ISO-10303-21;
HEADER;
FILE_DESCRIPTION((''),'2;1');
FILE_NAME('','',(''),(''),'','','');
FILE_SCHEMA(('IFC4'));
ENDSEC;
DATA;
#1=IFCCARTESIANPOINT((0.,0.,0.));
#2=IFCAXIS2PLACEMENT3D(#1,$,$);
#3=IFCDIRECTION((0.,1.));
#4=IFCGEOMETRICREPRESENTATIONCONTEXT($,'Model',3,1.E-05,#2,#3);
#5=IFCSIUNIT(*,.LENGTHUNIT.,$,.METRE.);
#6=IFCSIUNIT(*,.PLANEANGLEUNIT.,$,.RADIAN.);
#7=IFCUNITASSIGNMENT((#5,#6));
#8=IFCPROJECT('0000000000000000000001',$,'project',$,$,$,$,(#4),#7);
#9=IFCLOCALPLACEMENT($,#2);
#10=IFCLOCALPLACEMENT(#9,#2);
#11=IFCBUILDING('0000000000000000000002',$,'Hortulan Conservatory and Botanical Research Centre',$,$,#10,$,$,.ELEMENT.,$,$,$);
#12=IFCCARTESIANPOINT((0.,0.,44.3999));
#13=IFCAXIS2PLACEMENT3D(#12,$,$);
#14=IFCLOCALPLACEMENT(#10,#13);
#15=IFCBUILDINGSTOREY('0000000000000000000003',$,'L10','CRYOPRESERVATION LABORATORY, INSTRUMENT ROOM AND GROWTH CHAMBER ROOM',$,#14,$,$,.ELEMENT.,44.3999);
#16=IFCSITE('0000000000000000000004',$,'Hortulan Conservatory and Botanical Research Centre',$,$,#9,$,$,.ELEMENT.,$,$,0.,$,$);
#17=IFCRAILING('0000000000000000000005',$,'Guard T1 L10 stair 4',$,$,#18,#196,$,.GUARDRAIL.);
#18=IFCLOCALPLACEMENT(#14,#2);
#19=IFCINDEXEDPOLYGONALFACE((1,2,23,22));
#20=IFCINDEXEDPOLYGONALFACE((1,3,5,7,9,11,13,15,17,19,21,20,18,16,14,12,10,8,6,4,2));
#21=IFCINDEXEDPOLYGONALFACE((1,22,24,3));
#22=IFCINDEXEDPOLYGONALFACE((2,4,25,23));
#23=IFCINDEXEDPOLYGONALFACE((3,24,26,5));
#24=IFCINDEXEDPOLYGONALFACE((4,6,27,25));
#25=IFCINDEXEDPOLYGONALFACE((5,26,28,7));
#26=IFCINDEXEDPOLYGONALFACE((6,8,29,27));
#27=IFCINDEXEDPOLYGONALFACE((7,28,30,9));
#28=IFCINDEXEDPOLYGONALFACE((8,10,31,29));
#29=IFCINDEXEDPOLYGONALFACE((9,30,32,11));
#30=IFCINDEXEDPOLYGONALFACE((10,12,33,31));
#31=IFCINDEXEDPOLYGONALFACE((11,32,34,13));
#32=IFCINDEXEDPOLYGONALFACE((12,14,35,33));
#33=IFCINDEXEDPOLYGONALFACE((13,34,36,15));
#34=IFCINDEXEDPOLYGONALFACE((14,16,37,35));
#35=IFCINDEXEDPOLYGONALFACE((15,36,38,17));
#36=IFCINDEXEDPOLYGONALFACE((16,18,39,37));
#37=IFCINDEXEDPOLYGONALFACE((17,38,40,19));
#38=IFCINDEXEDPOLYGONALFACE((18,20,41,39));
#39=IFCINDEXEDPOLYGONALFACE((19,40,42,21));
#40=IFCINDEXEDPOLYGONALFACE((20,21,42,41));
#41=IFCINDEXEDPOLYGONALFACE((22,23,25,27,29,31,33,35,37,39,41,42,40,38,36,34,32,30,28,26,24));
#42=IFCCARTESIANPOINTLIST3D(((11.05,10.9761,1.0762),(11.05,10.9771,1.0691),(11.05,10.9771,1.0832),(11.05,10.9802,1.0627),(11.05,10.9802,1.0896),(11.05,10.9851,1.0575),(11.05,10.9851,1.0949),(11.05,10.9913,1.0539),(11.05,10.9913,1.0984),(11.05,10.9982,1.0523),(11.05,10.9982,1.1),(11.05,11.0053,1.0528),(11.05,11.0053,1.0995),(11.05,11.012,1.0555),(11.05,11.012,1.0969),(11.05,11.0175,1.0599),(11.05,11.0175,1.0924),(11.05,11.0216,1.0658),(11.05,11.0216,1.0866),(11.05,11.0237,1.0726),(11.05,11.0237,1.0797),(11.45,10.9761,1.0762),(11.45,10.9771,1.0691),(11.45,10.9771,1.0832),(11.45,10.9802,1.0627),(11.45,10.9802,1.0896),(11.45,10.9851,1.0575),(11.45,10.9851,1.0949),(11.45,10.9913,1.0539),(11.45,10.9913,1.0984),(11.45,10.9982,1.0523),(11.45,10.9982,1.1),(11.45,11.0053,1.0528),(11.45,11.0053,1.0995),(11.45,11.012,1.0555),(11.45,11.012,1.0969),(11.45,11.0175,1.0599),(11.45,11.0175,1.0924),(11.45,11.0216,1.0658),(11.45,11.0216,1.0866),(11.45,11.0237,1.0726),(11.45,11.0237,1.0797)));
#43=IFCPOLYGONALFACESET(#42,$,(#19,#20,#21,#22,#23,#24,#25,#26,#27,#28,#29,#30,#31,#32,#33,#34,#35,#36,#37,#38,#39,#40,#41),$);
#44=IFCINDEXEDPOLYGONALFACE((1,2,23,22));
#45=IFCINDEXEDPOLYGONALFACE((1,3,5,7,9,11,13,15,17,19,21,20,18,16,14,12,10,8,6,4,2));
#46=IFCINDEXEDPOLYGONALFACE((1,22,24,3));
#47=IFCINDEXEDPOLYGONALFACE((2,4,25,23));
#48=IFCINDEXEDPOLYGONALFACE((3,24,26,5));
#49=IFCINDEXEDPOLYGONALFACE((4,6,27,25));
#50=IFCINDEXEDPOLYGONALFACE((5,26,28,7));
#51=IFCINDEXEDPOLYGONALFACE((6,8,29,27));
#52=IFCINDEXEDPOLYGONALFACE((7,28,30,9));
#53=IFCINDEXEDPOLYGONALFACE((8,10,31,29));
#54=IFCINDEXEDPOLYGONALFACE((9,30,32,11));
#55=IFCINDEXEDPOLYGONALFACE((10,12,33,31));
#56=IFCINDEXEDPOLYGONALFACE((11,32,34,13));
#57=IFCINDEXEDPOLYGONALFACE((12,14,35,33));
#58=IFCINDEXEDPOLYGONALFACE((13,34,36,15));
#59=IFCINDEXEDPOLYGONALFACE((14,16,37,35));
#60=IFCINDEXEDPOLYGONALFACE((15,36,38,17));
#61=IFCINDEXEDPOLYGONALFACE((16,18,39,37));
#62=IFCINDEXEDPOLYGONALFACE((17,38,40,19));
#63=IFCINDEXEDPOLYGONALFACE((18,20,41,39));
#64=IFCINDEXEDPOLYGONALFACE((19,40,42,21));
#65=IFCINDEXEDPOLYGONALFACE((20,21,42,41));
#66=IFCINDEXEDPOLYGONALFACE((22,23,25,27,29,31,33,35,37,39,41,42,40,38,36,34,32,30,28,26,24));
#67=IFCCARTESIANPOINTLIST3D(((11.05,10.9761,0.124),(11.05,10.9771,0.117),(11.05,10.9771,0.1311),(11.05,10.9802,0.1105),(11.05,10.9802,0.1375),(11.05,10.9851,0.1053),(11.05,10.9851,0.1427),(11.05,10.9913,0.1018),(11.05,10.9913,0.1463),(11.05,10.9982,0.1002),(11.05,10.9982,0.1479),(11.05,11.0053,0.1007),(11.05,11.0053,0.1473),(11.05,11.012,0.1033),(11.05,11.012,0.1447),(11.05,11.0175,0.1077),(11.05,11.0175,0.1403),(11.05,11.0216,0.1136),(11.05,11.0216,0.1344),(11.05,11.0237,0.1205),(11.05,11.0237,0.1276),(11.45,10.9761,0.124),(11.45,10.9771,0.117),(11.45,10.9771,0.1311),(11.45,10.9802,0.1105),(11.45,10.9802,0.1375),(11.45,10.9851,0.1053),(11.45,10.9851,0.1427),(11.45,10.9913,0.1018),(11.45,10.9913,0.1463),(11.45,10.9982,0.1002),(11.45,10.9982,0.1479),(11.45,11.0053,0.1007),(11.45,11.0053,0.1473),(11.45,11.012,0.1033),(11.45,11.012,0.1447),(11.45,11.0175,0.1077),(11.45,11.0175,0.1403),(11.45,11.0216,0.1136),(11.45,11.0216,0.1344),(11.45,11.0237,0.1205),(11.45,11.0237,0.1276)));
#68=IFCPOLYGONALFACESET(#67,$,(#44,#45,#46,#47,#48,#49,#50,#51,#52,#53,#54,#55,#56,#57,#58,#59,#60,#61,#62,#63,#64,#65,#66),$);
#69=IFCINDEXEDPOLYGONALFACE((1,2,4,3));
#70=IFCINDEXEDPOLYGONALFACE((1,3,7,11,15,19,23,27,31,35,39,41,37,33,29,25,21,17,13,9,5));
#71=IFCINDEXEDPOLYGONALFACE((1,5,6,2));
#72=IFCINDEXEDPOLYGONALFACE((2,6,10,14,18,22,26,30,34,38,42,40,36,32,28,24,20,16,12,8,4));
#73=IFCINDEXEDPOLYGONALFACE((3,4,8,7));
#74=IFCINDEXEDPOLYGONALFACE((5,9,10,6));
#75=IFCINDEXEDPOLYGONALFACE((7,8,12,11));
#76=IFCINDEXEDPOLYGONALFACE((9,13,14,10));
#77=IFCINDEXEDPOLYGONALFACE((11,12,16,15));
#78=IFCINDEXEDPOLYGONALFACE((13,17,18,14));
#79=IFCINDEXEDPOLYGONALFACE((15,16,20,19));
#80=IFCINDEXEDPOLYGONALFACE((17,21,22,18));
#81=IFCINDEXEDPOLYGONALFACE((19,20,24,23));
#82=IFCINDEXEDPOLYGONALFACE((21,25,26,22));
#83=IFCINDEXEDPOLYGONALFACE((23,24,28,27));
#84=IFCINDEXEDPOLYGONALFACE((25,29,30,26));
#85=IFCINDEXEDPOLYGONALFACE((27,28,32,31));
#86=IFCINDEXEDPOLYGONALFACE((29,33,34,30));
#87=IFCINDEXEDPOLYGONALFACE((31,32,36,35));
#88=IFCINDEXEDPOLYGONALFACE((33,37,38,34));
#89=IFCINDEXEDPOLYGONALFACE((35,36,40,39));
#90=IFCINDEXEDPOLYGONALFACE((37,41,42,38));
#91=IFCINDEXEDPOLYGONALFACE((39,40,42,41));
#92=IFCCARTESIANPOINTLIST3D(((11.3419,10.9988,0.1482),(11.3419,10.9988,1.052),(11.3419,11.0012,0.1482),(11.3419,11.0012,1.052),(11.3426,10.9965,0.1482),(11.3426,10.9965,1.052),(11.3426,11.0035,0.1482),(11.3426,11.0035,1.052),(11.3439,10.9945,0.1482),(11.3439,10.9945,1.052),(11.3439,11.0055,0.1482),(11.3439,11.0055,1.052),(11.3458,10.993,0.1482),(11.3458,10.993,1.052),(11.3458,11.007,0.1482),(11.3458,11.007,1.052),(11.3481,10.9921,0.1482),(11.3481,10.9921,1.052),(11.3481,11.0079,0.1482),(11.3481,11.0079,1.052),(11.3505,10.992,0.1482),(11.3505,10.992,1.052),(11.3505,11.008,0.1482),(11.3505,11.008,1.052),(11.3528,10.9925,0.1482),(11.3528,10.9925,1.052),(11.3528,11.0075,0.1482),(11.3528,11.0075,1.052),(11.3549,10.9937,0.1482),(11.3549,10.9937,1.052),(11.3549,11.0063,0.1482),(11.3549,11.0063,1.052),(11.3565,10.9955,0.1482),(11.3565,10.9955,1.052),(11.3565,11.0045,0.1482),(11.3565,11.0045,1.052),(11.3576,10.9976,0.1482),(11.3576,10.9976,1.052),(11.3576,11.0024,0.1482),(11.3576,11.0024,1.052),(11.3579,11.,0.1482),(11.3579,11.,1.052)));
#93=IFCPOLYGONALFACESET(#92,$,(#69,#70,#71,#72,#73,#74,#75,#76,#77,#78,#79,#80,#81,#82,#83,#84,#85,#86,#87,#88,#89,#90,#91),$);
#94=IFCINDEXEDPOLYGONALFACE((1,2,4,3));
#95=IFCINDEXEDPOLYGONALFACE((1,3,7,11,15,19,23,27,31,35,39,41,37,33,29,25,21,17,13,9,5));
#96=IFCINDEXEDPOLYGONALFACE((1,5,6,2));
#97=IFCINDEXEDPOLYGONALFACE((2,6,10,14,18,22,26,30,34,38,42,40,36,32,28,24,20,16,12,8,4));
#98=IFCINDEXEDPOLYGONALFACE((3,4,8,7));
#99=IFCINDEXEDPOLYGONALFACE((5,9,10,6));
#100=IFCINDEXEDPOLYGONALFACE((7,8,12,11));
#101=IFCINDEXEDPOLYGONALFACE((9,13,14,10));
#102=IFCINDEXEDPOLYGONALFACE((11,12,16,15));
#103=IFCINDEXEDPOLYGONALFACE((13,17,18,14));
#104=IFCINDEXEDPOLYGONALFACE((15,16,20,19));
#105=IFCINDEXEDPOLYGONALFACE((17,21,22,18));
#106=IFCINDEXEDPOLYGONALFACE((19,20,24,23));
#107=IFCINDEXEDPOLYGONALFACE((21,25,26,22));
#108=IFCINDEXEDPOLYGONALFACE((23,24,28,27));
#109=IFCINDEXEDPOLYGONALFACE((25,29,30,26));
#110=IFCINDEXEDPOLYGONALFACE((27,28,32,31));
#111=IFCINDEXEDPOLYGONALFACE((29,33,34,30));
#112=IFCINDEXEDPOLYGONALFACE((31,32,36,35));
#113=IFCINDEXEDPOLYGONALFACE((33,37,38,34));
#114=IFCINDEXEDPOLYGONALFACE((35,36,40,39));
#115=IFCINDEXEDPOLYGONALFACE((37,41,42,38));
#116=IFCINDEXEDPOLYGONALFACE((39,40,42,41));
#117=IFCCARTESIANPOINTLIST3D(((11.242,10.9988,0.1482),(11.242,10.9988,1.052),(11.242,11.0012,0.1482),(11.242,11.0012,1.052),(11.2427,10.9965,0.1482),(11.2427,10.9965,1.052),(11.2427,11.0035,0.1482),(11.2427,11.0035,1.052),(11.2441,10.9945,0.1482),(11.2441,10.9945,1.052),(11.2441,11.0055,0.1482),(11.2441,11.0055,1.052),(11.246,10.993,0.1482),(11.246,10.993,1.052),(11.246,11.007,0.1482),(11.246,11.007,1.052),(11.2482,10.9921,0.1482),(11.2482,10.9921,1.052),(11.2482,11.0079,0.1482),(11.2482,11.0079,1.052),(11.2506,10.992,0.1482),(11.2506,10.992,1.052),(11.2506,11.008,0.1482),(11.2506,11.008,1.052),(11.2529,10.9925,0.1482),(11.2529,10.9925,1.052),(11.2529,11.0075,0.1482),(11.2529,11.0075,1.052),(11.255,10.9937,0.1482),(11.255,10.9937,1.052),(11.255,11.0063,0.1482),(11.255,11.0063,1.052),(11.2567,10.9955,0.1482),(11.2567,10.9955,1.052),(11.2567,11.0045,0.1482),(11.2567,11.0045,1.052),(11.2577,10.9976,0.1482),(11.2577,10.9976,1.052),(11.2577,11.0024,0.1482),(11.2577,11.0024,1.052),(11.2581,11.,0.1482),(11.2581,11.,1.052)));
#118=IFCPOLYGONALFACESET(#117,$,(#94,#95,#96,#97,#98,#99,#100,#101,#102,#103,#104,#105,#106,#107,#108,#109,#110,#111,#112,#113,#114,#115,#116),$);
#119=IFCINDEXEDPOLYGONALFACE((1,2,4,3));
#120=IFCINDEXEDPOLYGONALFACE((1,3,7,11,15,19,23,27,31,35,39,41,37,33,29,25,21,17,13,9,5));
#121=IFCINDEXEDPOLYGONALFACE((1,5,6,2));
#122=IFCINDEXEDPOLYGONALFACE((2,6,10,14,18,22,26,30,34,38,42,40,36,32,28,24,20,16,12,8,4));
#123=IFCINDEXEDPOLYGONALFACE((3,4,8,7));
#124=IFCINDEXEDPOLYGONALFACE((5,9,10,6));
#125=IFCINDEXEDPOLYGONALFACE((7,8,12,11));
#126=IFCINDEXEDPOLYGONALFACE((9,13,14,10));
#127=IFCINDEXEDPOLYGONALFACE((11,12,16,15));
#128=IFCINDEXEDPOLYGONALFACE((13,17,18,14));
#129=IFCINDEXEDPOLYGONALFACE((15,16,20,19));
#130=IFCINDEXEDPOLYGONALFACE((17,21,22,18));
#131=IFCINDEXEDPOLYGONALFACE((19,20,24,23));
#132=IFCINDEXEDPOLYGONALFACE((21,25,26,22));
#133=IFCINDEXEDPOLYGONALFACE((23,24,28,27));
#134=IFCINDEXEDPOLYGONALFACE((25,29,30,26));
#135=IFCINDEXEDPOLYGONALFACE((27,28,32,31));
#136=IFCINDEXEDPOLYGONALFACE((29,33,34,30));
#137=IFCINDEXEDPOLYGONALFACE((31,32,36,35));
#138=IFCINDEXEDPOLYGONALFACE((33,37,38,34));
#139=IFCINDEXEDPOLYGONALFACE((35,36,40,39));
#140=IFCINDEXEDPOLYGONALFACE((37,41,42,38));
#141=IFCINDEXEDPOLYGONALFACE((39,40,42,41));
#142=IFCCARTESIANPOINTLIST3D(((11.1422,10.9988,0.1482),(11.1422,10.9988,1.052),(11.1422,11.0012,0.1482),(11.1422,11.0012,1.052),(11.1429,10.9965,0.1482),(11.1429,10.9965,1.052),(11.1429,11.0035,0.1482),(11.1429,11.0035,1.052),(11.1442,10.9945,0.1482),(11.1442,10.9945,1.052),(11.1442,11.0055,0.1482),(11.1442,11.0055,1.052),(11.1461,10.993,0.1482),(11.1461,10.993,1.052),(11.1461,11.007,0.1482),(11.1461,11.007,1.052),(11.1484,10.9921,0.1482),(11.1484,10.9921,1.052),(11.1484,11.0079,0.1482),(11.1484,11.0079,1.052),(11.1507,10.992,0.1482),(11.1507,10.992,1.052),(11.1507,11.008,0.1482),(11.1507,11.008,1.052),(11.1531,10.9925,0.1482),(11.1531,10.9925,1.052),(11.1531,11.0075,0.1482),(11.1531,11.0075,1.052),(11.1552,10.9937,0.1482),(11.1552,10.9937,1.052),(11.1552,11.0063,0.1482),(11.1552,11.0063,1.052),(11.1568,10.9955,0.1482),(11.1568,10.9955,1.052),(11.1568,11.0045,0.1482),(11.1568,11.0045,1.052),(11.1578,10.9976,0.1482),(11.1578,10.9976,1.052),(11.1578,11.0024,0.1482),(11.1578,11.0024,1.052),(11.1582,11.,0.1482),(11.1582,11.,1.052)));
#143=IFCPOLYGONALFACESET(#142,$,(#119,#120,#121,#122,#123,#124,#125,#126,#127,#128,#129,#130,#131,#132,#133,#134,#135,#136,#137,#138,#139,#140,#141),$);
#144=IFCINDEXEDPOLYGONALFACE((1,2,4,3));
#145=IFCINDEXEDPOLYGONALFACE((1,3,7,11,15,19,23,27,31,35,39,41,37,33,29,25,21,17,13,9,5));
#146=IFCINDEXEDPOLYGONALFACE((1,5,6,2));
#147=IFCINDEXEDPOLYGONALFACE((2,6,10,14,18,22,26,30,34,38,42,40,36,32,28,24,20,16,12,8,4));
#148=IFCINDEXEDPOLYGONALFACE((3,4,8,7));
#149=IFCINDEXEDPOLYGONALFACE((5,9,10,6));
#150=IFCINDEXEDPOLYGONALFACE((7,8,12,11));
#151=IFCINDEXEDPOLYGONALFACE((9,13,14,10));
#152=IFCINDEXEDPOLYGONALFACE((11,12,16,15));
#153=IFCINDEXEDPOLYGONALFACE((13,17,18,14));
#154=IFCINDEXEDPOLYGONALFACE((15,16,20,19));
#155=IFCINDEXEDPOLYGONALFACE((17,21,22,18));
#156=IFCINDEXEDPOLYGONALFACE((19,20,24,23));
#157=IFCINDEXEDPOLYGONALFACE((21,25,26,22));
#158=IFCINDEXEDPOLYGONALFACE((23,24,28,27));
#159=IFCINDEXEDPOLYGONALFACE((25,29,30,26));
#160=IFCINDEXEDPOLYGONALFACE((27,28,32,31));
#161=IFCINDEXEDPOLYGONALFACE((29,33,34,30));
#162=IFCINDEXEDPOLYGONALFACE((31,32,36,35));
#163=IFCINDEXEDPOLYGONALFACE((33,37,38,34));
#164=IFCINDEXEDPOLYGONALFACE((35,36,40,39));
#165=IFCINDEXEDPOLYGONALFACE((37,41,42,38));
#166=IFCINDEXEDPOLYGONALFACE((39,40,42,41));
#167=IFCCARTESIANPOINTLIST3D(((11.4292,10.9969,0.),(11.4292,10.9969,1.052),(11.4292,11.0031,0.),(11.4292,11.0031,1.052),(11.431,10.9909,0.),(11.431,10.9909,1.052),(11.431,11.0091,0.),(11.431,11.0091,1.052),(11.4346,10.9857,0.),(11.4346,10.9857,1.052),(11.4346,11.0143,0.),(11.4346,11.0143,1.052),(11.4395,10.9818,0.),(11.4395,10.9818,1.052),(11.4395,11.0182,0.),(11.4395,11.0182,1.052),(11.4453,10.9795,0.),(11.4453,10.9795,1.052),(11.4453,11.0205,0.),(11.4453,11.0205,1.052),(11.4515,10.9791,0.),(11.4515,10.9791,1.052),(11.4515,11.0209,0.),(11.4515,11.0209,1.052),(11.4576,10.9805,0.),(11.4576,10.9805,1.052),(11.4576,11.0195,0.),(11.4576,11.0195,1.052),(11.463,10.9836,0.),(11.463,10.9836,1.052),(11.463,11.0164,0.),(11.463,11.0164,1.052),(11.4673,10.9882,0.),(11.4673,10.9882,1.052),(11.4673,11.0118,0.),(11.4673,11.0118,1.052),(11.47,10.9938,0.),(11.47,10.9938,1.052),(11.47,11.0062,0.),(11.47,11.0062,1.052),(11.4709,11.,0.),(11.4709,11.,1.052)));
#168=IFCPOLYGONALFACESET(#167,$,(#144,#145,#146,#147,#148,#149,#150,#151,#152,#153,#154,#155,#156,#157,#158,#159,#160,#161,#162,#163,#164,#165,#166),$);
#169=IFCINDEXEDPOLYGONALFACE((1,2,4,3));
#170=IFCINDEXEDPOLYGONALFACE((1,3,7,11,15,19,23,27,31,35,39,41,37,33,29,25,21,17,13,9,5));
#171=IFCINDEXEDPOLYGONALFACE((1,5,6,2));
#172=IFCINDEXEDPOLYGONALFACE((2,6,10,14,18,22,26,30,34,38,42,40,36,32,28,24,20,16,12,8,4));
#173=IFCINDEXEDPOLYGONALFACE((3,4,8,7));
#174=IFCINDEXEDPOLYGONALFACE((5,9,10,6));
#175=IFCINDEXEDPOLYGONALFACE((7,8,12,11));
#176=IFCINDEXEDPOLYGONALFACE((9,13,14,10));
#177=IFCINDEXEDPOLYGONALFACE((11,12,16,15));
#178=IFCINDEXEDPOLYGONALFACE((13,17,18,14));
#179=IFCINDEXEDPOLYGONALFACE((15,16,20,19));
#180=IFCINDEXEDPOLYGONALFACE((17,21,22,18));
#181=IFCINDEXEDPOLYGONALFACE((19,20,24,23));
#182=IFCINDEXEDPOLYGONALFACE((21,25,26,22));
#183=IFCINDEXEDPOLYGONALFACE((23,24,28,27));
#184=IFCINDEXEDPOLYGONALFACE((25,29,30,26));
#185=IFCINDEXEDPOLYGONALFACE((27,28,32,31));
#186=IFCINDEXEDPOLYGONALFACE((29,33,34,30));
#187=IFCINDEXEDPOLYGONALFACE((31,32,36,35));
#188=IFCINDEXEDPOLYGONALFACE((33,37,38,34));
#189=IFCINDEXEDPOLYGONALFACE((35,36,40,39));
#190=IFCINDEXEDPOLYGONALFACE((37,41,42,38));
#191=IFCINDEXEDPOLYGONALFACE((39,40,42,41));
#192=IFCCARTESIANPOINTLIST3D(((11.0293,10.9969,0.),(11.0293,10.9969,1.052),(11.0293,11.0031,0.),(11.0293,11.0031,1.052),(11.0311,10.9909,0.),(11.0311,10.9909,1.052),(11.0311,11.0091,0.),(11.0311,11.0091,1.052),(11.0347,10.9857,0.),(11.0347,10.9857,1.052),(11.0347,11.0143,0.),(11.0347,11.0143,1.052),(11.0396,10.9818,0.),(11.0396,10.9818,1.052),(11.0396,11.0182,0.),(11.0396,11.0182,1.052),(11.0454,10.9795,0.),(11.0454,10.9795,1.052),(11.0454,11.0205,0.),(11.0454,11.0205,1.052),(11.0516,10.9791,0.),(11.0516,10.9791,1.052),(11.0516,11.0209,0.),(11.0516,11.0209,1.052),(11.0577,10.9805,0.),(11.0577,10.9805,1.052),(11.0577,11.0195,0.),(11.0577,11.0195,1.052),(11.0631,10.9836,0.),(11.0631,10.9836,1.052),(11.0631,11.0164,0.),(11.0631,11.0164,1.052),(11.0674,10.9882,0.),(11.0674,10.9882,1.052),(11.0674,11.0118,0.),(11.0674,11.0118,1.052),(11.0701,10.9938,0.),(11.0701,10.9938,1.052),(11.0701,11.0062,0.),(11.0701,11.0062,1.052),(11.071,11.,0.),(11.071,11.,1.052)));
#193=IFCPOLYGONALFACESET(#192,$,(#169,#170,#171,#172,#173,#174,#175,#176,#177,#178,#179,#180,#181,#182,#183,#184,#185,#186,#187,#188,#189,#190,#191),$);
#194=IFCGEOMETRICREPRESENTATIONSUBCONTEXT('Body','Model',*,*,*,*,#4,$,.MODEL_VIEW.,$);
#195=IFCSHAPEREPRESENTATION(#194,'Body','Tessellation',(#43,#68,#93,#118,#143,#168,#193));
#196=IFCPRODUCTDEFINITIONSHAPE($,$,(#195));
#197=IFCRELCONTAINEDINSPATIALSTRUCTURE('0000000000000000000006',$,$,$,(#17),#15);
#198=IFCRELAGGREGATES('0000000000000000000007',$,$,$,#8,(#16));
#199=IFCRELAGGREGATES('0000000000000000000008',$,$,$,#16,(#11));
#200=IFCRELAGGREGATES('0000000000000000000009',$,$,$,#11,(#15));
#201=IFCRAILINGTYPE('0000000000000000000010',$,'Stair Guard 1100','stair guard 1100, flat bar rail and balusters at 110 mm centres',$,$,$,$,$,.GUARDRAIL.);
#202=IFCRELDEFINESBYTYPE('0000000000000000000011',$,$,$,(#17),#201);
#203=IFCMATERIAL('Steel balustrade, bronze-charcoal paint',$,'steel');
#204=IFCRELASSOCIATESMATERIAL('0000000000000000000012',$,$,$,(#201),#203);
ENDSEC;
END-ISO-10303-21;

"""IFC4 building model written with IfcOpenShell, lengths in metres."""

from ifc_helpers import new_model, si_unit, direction, frame, origin, origin_2d, place, context, subcontext, project, spatial, circle, extrude, material, type_object, element, save


model = new_model("IFC4")

# Units and contexts
model_context = context("Model", 3, precision=1e-05, world=origin(), true_north=direction((0.0, 1.0)))
body_context = subcontext(model_context, "Body", "Model", "MODEL_VIEW")
ifc_project = project(units=[si_unit("LENGTHUNIT", "METRE"), si_unit("PLANEANGLEUNIT", "RADIAN")], contexts=[model_context])

# Site, building, storey
site_placement = place(None, origin())
site = spatial("IfcSite", under=ifc_project, at=site_placement, Name="Hortulan Conservatory and Botanical Research Centre", CompositionType="ELEMENT", RefElevation=0.0)
building_placement = place(site_placement, origin())
building = spatial("IfcBuilding", under=site, at=building_placement, Name="Hortulan Conservatory and Botanical Research Centre", CompositionType="ELEMENT")
storey_placement = place(building_placement, frame((0.0, 0.0, 44.3999)))
storey = spatial("IfcBuildingStorey", under=building, at=storey_placement, Name="L10", Description="CRYOPRESERVATION LABORATORY, INSTRUMENT ROOM AND GROWTH CHAMBER ROOM", CompositionType="ELEMENT", Elevation=44.3999)

# Railing
ifc_material_1 = material(Name="Steel balustrade, bronze-charcoal paint", Category="steel")
railing_type_1 = type_object("IfcRailingType", Name="Stair Guard 1100", Description="stair guard 1100, flat bar rail and balusters at 110 mm centres", PredefinedType="GUARDRAIL", material=ifc_material_1)
railing_1_placement = place(storey_placement, frame((11.45, 11.0, 0.0)))
element("IfcRailing", 1, at=railing_1_placement, inside=storey, type_object=railing_type_1, Name="Guard T1 L10 stair 4", PredefinedType="GUARDRAIL", context=body_context, shape_type="SweptSolid", body=[
    extrude(circle(Radius=0.0239, at=origin_2d()), frame((0.0, 0.0, 1.0762), z_axis=(-1.0, 0.0, 0.0), x_axis=(0.0, -1.0, 0.0)), (0.0, 0.0, 1.0), 0.3999),
    extrude(circle(Radius=0.0239, at=origin_2d()), frame((0.0, 0.0, 0.124), z_axis=(-1.0, 0.0, 0.0), x_axis=(0.0, -1.0, 0.0)), (0.0, 0.0, 1.0), 0.3999),
    extrude(circle(Radius=0.0081, at=origin_2d()), frame((-0.1001, 0.0, 0.1482)), (0.0, 0.0, 1.0), 0.9038),
    extrude(circle(Radius=0.0081, at=origin_2d()), frame((-0.2, 0.0, 0.1482)), (0.0, 0.0, 1.0), 0.9038),
    extrude(circle(Radius=0.0081, at=origin_2d()), frame((-0.2998, 0.0, 0.1482)), (0.0, 0.0, 1.0), 0.9038),
    extrude(circle(Radius=0.021, at=origin_2d()), origin(), (0.0, 0.0, 1.0), 1.052),
    extrude(circle(Radius=0.021, at=origin_2d()), frame((-0.3999, 0.0, 0.0)), (0.0, 0.0, 1.0), 1.052),
])

save(model, "model.ifc")
